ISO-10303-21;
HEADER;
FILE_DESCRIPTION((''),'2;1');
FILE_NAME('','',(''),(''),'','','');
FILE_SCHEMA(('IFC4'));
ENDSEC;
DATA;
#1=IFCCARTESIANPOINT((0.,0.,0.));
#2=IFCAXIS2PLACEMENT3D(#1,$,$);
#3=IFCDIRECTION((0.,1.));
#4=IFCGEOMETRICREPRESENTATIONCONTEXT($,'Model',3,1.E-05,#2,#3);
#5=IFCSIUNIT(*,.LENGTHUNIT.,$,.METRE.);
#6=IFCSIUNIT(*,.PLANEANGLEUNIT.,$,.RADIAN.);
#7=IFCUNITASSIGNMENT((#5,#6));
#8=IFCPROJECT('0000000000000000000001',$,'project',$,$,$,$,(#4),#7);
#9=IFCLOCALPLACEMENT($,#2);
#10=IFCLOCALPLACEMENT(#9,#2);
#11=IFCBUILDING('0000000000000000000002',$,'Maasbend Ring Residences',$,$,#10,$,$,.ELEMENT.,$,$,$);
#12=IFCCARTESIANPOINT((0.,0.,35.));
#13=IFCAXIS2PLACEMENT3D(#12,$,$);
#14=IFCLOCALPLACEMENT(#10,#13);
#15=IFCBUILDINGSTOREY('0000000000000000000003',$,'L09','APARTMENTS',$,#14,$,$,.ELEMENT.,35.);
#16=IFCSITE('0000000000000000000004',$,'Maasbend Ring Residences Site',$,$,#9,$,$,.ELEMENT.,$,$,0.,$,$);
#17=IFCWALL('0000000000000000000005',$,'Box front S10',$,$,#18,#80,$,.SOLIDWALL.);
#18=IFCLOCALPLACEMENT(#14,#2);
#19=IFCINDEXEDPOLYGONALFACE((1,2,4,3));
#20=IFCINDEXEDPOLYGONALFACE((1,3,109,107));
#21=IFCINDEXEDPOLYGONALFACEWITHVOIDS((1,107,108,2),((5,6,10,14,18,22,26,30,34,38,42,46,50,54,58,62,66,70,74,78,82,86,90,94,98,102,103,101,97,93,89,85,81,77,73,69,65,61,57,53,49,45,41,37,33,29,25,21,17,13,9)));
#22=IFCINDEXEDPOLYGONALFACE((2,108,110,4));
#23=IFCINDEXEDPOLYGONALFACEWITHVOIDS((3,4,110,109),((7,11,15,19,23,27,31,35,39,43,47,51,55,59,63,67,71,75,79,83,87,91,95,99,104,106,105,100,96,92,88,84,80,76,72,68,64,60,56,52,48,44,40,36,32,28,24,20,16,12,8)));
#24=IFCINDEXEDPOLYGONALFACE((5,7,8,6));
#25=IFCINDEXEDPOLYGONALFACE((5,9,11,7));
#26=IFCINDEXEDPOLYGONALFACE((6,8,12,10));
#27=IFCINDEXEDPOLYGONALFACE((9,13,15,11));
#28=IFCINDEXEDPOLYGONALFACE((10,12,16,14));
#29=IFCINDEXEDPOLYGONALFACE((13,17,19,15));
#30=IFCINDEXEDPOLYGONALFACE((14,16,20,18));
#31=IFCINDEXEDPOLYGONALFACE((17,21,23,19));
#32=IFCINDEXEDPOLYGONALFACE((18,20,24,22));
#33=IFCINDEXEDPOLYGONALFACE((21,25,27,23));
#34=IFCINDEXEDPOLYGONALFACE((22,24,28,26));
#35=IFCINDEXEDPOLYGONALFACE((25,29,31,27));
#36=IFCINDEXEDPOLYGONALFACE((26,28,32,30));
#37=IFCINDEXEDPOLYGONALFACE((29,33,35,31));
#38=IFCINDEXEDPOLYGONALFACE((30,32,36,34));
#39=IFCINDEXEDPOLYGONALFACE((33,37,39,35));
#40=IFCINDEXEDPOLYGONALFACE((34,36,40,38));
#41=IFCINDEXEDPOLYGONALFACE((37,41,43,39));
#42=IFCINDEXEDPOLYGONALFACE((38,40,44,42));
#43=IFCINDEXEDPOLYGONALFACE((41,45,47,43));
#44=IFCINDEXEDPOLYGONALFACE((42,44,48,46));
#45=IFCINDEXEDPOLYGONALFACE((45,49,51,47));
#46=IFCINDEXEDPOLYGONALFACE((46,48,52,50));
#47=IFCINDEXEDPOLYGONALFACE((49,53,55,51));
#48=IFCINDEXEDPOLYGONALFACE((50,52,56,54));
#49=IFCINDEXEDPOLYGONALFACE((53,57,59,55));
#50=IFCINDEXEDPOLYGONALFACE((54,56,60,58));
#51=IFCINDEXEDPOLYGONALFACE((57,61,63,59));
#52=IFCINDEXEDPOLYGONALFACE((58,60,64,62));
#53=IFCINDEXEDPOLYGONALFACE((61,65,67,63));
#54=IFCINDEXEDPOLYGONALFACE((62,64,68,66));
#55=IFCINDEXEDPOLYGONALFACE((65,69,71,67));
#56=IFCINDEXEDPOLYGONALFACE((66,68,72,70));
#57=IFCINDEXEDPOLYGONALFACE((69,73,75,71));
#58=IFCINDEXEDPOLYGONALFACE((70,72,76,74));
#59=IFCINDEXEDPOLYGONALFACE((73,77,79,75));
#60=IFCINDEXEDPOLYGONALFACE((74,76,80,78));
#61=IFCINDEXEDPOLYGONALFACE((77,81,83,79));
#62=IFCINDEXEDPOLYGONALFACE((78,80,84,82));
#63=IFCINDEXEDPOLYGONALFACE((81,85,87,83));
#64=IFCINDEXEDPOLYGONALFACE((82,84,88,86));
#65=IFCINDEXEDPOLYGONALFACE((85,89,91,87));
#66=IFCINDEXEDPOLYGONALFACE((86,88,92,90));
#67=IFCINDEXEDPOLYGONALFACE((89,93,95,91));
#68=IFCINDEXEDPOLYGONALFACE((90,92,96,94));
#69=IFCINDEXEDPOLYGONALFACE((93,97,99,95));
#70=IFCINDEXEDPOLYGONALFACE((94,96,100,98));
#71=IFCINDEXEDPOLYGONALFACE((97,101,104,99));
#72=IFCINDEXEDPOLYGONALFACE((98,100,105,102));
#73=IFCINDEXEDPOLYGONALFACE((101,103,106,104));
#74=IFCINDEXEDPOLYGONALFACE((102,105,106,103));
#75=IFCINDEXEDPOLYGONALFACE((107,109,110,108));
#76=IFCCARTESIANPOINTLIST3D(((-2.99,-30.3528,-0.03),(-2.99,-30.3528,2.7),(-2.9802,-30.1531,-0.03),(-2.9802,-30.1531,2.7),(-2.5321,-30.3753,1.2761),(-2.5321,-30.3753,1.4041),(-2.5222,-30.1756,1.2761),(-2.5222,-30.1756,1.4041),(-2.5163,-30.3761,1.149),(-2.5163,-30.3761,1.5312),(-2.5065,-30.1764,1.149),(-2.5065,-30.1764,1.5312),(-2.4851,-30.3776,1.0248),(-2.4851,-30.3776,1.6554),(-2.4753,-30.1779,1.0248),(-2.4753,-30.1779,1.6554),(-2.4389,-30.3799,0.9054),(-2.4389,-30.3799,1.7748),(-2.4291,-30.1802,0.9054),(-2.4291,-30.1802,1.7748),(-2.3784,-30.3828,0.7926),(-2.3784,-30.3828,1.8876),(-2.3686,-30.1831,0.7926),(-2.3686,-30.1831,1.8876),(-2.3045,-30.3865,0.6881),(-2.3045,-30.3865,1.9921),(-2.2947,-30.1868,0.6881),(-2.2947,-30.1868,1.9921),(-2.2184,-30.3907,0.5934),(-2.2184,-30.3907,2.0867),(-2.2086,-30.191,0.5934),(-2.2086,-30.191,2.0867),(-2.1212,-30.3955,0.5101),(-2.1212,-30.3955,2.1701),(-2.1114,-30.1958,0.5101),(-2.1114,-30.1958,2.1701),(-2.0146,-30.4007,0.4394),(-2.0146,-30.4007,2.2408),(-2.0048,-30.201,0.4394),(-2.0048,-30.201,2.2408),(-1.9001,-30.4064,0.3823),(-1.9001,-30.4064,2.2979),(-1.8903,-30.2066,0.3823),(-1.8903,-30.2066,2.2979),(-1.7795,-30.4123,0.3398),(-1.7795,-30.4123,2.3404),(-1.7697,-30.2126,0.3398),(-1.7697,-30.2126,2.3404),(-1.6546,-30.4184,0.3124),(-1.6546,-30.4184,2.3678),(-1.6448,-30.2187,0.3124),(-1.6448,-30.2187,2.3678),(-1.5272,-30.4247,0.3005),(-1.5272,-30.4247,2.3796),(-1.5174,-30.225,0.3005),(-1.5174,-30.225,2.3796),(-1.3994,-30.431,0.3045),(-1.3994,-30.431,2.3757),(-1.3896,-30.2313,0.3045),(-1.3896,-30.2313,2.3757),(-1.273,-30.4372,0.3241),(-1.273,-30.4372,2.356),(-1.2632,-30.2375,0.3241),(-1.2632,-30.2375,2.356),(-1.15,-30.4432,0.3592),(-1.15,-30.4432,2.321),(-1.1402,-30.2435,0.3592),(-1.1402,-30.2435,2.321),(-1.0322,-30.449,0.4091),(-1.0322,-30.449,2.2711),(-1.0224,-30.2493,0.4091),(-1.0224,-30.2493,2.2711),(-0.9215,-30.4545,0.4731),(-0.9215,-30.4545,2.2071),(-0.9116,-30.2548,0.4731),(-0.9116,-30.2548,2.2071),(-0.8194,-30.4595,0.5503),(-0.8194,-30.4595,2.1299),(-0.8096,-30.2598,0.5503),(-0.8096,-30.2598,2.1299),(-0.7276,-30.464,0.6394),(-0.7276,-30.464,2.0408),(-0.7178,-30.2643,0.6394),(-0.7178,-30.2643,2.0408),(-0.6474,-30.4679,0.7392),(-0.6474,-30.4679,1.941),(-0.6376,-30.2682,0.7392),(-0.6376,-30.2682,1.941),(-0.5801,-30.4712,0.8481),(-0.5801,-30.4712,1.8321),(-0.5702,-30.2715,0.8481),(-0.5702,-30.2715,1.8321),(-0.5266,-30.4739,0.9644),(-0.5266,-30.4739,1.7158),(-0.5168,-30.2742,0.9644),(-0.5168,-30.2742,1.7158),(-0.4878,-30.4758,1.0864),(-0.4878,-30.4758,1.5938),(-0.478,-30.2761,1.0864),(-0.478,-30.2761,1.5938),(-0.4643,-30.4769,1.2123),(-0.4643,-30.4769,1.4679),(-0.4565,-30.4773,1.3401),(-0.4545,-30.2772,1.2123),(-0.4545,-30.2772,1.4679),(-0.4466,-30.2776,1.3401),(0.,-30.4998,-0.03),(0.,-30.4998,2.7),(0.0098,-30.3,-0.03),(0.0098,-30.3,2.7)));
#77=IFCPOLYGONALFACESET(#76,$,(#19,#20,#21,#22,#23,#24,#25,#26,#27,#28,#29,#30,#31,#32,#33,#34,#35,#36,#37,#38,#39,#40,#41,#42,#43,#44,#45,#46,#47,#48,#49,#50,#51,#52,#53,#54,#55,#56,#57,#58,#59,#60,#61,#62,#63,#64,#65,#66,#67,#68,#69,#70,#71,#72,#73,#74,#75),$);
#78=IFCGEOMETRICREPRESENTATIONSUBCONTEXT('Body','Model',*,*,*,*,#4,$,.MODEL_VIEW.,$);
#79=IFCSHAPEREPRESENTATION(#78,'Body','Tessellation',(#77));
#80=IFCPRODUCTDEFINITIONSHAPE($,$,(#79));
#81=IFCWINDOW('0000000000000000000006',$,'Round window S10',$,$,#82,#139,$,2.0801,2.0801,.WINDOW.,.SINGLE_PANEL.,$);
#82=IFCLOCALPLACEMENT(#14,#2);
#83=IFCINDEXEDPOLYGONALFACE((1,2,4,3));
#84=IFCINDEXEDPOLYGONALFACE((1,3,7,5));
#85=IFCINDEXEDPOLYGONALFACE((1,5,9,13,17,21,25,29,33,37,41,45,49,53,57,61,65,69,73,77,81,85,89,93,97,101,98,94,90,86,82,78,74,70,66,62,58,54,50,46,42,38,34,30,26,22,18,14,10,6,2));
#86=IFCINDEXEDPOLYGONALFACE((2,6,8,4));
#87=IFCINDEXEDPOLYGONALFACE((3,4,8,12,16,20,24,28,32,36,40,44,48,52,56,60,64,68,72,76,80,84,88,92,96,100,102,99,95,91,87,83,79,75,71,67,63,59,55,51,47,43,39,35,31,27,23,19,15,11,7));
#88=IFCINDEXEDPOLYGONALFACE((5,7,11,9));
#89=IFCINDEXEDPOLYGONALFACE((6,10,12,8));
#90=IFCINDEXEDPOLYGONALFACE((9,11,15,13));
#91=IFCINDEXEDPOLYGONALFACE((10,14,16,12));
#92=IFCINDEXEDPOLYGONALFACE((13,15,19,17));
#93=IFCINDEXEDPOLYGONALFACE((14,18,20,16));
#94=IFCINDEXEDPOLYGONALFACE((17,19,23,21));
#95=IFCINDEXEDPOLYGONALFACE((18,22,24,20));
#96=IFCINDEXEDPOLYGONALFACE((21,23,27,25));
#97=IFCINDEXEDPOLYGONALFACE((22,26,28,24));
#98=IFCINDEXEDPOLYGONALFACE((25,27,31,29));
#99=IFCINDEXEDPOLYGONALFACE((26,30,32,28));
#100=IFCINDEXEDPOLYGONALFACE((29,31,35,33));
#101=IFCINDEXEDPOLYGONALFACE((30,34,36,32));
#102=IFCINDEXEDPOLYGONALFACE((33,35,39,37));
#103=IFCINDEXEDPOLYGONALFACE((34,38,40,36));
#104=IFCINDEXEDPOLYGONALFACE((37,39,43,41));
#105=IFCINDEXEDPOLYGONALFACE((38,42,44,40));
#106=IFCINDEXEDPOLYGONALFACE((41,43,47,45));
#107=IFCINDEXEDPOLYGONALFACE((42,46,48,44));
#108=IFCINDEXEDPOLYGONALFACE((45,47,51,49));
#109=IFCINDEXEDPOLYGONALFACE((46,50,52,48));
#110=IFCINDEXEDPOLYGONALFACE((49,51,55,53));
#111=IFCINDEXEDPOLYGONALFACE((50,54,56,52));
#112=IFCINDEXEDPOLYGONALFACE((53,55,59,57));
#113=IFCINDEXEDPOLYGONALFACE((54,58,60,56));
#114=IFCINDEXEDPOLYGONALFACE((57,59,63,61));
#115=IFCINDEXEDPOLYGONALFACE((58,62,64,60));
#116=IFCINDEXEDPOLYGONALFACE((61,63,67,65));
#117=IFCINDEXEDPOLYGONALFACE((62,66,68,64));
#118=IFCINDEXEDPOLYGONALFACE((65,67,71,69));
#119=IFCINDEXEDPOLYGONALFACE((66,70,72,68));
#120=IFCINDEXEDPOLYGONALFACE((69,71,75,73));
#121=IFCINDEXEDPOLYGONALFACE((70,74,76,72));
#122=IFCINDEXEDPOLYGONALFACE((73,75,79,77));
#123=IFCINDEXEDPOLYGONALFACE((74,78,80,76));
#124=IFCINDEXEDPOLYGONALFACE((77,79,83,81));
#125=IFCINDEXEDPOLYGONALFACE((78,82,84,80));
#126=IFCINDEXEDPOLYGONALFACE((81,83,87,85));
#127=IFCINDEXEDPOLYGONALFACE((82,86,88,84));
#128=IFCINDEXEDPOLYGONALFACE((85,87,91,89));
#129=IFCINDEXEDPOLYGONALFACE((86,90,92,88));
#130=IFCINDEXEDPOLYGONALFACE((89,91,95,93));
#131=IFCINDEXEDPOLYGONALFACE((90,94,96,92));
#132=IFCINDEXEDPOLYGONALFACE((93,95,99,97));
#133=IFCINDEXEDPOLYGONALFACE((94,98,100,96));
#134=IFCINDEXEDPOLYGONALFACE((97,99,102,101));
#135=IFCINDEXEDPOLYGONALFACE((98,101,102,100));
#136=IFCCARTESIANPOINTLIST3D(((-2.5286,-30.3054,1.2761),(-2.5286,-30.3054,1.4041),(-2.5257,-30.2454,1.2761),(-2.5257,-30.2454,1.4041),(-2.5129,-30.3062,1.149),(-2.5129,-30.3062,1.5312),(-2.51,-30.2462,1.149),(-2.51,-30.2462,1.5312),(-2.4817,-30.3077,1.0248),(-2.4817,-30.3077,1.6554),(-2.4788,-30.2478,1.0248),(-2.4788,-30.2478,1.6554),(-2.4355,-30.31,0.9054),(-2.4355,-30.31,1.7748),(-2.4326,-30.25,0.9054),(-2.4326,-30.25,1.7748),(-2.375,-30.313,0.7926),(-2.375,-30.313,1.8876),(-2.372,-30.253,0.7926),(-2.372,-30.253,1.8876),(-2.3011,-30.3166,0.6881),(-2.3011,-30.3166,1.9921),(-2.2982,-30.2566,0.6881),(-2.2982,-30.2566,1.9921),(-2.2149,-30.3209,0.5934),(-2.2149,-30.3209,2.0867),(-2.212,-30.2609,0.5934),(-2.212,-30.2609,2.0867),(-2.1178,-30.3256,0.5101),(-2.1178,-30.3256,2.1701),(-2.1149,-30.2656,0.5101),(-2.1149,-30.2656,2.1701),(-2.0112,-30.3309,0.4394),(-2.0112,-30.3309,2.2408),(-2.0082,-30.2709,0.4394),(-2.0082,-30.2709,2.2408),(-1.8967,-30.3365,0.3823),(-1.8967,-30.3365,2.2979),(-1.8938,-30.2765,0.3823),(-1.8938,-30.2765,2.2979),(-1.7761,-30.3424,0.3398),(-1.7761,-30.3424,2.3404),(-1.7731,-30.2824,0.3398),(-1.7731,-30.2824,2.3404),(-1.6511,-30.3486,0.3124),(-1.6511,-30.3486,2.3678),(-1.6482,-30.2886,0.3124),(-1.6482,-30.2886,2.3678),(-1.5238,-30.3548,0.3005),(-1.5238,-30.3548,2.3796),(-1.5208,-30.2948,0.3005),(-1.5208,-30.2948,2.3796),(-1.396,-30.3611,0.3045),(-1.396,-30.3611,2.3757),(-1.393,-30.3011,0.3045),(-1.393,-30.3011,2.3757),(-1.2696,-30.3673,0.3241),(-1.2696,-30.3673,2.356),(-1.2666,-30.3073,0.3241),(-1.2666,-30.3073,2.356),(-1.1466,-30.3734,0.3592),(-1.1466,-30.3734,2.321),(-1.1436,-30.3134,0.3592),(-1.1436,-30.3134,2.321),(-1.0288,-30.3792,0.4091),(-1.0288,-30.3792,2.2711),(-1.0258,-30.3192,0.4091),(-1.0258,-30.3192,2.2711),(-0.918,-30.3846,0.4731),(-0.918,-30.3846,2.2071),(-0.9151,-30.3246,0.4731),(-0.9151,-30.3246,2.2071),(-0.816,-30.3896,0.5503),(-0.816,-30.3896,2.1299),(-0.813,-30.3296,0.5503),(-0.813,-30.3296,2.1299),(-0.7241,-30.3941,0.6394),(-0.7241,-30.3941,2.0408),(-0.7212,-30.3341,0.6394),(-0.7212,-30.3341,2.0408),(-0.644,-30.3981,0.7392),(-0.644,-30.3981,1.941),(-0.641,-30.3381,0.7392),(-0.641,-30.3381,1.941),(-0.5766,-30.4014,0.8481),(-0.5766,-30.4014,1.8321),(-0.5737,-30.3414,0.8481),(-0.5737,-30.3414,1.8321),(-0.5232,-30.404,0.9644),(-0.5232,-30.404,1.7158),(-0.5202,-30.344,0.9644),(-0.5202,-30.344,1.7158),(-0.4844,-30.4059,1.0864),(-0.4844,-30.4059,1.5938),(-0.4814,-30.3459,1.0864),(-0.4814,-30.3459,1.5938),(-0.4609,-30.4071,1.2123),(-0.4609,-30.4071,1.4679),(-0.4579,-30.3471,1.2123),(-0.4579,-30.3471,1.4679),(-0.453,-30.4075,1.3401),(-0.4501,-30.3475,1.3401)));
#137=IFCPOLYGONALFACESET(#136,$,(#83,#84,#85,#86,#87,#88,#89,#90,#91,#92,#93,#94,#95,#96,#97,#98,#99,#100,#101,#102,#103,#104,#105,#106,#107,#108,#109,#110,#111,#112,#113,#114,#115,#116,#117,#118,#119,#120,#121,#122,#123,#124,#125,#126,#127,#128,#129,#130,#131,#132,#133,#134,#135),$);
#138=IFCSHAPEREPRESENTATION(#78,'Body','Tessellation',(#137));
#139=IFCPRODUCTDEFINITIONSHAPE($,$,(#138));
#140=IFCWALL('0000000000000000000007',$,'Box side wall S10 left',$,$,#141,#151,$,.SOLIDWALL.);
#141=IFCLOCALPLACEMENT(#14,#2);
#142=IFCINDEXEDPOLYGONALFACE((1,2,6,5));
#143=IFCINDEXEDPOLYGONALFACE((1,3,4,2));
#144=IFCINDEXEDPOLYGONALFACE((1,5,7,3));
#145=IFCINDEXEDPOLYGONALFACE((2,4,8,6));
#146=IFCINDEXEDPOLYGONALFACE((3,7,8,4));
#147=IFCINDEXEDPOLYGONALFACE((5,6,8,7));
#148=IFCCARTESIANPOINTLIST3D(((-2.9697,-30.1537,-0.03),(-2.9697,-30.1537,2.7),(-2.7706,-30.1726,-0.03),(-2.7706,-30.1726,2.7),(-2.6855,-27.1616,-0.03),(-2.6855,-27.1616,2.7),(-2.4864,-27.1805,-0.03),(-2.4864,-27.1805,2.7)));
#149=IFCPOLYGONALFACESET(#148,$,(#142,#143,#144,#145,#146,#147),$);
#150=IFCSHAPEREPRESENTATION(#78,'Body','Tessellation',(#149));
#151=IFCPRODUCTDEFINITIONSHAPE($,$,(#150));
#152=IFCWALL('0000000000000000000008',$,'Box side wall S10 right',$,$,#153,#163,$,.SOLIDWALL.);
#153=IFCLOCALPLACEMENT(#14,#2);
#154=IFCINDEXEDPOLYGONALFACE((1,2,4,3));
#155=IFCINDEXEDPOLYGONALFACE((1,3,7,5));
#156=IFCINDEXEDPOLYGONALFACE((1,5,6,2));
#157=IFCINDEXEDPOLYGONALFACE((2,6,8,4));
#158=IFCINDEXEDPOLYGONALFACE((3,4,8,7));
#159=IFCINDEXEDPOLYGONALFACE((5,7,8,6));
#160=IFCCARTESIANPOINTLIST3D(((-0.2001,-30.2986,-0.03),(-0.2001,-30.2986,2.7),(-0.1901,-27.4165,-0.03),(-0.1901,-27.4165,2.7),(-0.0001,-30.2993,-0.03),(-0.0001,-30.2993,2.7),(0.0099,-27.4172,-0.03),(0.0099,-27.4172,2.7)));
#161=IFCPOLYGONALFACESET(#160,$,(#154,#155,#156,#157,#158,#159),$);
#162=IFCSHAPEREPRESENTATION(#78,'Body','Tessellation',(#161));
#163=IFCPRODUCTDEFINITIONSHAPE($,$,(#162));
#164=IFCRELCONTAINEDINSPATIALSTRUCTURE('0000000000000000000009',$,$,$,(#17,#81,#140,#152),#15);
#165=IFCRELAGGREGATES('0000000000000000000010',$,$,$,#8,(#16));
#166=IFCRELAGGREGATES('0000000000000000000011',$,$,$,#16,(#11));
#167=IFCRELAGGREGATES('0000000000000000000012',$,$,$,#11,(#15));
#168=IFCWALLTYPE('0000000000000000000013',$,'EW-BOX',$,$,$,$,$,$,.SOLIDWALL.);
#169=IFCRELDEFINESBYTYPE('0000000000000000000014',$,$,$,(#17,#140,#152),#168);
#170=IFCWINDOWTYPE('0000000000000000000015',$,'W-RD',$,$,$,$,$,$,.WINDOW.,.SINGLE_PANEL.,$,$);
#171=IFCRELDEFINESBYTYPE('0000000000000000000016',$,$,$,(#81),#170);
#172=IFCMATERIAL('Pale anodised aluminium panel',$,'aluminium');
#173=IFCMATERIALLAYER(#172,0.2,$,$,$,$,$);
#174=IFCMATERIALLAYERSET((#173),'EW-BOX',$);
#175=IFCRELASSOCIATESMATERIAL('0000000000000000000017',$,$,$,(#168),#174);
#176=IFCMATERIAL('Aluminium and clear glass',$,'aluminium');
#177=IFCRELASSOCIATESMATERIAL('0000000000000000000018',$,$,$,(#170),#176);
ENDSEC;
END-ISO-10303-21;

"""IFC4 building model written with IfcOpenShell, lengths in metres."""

from ifc_helpers import new_model, si_unit, direction, frame, frame_2d, origin, place, context, subcontext, project, spatial, rectangle, circle, extrude, material, layer, layer_set, type_object, element, fill, save


model = new_model("IFC4")

# Units and contexts
model_context = context("Model", 3, precision=1e-05, world=origin(), true_north=direction((0.0, 1.0)))
body_context = subcontext(model_context, "Body", "Model", "MODEL_VIEW")
ifc_project = project(units=[si_unit("LENGTHUNIT", "METRE"), si_unit("PLANEANGLEUNIT", "RADIAN")], contexts=[model_context])

# Site, building, storey
site_placement = place(None, origin())
site = spatial("IfcSite", under=ifc_project, at=site_placement, Name="Maasbend Ring Residences Site", CompositionType="ELEMENT", RefElevation=0.0)
building_placement = place(site_placement, origin())
building = spatial("IfcBuilding", under=site, at=building_placement, Name="Maasbend Ring Residences", CompositionType="ELEMENT")
storey_placement = place(building_placement, frame((0.0, 0.0, 35.0)))
storey = spatial("IfcBuildingStorey", under=building, at=storey_placement, Name="L09", Description="APARTMENTS", CompositionType="ELEMENT", Elevation=35.0)

# Shared definitions
ifc_material_1 = material(Name="Pale anodised aluminium panel", Category="aluminium")
ifc_layer_1 = layer(ifc_material_1, 0.2)
ifc_layer_set_1 = layer_set([ifc_layer_1], Name="EW-BOX")
wall_type_1 = type_object("IfcWallType", Name="EW-BOX", PredefinedType="SOLIDWALL", material=ifc_layer_set_1)
ifc_material_2 = material(Name="Aluminium and clear glass", Category="aluminium")
window_type_1 = type_object("IfcWindowType", Name="W-RD", PartitioningType="SINGLE_PANEL", PredefinedType="WINDOW", material=ifc_material_2)

# Wall, opening, window
wall_1_placement = place(storey_placement, frame((-2.9851, -30.2529, -0.03), z_axis=(0.0, 0.0, 1.0), x_axis=(0.998794, -0.049096, 0.0)))
wall_1 = element("IfcWall", 1, at=wall_1_placement, inside=storey, type_object=wall_type_1, Name="Box front S10", PredefinedType="SOLIDWALL", context=body_context, shape_type="SweptSolid", body=[
    extrude(rectangle(XDim=2.9937, YDim=0.2, at=frame_2d((1.4968, 0.0))), origin(), (0.0, 0.0, 1.0), 2.73),
])
opening_1_placement = place(wall_1_placement, frame((0.4565, 0.0, 0.3301)))
opening_1 = element("IfcOpeningElement", 2, at=opening_1_placement, cuts=wall_1, PredefinedType="OPENING", context=body_context, shape_type="SweptSolid", body=[
    extrude(circle(Radius=1.04, at=frame_2d((1.04, 1.04))), frame((0.0, 0.1099, 0.0), z_axis=(0.0, -1.0, 0.0), x_axis=(1.0, 0.0, 0.0)), (0.0, 0.0, 1.0), 0.22),
])
window_1_placement = place(opening_1_placement, origin())
window_1 = element("IfcWindow", 3, at=window_1_placement, inside=storey, type_object=window_type_1, Name="Round window S10", OverallHeight=2.0801, OverallWidth=2.0801, PartitioningType="SINGLE_PANEL", PredefinedType="WINDOW", context=body_context, shape_type="SweptSolid", body=[
    extrude(circle(Radius=1.04, at=frame_2d((1.04, 1.04))), frame((0.0, 0.03, 0.0), z_axis=(0.0, -1.0, 0.0), x_axis=(1.0, 0.0, 0.0)), (0.0, 0.0, 1.0), 0.0601),
])
fill(opening_1, window_1)

# Walls
wall_2_placement = place(storey_placement, frame((-2.5859, -27.1709, -0.03), z_axis=(0.0, 0.0, 1.0), x_axis=(-0.094548, -0.99552, 0.0)))
element("IfcWall", 4, at=wall_2_placement, inside=storey, type_object=wall_type_1, Name="Box side wall S10 left", PredefinedType="SOLIDWALL", context=body_context, shape_type="SweptSolid", body=[
    extrude(rectangle(XDim=3.0056, YDim=0.2, at=frame_2d((1.5029, 0.0))), origin(), (0.0, 0.0, 1.0), 2.73),
])
wall_3_placement = place(storey_placement, frame((-0.0901, -27.417, -0.03), z_axis=(0.0, 0.0, 1.0), x_axis=(-0.003473, -0.999994, 0.0)))
element("IfcWall", 5, at=wall_3_placement, inside=storey, type_object=wall_type_1, Name="Box side wall S10 right", PredefinedType="SOLIDWALL", context=body_context, shape_type="SweptSolid", body=[
    extrude(rectangle(XDim=2.8821, YDim=0.2, at=frame_2d((1.4409, 0.0))), origin(), (0.0, 0.0, 1.0), 2.73),
])

save(model, "model.ifc")
